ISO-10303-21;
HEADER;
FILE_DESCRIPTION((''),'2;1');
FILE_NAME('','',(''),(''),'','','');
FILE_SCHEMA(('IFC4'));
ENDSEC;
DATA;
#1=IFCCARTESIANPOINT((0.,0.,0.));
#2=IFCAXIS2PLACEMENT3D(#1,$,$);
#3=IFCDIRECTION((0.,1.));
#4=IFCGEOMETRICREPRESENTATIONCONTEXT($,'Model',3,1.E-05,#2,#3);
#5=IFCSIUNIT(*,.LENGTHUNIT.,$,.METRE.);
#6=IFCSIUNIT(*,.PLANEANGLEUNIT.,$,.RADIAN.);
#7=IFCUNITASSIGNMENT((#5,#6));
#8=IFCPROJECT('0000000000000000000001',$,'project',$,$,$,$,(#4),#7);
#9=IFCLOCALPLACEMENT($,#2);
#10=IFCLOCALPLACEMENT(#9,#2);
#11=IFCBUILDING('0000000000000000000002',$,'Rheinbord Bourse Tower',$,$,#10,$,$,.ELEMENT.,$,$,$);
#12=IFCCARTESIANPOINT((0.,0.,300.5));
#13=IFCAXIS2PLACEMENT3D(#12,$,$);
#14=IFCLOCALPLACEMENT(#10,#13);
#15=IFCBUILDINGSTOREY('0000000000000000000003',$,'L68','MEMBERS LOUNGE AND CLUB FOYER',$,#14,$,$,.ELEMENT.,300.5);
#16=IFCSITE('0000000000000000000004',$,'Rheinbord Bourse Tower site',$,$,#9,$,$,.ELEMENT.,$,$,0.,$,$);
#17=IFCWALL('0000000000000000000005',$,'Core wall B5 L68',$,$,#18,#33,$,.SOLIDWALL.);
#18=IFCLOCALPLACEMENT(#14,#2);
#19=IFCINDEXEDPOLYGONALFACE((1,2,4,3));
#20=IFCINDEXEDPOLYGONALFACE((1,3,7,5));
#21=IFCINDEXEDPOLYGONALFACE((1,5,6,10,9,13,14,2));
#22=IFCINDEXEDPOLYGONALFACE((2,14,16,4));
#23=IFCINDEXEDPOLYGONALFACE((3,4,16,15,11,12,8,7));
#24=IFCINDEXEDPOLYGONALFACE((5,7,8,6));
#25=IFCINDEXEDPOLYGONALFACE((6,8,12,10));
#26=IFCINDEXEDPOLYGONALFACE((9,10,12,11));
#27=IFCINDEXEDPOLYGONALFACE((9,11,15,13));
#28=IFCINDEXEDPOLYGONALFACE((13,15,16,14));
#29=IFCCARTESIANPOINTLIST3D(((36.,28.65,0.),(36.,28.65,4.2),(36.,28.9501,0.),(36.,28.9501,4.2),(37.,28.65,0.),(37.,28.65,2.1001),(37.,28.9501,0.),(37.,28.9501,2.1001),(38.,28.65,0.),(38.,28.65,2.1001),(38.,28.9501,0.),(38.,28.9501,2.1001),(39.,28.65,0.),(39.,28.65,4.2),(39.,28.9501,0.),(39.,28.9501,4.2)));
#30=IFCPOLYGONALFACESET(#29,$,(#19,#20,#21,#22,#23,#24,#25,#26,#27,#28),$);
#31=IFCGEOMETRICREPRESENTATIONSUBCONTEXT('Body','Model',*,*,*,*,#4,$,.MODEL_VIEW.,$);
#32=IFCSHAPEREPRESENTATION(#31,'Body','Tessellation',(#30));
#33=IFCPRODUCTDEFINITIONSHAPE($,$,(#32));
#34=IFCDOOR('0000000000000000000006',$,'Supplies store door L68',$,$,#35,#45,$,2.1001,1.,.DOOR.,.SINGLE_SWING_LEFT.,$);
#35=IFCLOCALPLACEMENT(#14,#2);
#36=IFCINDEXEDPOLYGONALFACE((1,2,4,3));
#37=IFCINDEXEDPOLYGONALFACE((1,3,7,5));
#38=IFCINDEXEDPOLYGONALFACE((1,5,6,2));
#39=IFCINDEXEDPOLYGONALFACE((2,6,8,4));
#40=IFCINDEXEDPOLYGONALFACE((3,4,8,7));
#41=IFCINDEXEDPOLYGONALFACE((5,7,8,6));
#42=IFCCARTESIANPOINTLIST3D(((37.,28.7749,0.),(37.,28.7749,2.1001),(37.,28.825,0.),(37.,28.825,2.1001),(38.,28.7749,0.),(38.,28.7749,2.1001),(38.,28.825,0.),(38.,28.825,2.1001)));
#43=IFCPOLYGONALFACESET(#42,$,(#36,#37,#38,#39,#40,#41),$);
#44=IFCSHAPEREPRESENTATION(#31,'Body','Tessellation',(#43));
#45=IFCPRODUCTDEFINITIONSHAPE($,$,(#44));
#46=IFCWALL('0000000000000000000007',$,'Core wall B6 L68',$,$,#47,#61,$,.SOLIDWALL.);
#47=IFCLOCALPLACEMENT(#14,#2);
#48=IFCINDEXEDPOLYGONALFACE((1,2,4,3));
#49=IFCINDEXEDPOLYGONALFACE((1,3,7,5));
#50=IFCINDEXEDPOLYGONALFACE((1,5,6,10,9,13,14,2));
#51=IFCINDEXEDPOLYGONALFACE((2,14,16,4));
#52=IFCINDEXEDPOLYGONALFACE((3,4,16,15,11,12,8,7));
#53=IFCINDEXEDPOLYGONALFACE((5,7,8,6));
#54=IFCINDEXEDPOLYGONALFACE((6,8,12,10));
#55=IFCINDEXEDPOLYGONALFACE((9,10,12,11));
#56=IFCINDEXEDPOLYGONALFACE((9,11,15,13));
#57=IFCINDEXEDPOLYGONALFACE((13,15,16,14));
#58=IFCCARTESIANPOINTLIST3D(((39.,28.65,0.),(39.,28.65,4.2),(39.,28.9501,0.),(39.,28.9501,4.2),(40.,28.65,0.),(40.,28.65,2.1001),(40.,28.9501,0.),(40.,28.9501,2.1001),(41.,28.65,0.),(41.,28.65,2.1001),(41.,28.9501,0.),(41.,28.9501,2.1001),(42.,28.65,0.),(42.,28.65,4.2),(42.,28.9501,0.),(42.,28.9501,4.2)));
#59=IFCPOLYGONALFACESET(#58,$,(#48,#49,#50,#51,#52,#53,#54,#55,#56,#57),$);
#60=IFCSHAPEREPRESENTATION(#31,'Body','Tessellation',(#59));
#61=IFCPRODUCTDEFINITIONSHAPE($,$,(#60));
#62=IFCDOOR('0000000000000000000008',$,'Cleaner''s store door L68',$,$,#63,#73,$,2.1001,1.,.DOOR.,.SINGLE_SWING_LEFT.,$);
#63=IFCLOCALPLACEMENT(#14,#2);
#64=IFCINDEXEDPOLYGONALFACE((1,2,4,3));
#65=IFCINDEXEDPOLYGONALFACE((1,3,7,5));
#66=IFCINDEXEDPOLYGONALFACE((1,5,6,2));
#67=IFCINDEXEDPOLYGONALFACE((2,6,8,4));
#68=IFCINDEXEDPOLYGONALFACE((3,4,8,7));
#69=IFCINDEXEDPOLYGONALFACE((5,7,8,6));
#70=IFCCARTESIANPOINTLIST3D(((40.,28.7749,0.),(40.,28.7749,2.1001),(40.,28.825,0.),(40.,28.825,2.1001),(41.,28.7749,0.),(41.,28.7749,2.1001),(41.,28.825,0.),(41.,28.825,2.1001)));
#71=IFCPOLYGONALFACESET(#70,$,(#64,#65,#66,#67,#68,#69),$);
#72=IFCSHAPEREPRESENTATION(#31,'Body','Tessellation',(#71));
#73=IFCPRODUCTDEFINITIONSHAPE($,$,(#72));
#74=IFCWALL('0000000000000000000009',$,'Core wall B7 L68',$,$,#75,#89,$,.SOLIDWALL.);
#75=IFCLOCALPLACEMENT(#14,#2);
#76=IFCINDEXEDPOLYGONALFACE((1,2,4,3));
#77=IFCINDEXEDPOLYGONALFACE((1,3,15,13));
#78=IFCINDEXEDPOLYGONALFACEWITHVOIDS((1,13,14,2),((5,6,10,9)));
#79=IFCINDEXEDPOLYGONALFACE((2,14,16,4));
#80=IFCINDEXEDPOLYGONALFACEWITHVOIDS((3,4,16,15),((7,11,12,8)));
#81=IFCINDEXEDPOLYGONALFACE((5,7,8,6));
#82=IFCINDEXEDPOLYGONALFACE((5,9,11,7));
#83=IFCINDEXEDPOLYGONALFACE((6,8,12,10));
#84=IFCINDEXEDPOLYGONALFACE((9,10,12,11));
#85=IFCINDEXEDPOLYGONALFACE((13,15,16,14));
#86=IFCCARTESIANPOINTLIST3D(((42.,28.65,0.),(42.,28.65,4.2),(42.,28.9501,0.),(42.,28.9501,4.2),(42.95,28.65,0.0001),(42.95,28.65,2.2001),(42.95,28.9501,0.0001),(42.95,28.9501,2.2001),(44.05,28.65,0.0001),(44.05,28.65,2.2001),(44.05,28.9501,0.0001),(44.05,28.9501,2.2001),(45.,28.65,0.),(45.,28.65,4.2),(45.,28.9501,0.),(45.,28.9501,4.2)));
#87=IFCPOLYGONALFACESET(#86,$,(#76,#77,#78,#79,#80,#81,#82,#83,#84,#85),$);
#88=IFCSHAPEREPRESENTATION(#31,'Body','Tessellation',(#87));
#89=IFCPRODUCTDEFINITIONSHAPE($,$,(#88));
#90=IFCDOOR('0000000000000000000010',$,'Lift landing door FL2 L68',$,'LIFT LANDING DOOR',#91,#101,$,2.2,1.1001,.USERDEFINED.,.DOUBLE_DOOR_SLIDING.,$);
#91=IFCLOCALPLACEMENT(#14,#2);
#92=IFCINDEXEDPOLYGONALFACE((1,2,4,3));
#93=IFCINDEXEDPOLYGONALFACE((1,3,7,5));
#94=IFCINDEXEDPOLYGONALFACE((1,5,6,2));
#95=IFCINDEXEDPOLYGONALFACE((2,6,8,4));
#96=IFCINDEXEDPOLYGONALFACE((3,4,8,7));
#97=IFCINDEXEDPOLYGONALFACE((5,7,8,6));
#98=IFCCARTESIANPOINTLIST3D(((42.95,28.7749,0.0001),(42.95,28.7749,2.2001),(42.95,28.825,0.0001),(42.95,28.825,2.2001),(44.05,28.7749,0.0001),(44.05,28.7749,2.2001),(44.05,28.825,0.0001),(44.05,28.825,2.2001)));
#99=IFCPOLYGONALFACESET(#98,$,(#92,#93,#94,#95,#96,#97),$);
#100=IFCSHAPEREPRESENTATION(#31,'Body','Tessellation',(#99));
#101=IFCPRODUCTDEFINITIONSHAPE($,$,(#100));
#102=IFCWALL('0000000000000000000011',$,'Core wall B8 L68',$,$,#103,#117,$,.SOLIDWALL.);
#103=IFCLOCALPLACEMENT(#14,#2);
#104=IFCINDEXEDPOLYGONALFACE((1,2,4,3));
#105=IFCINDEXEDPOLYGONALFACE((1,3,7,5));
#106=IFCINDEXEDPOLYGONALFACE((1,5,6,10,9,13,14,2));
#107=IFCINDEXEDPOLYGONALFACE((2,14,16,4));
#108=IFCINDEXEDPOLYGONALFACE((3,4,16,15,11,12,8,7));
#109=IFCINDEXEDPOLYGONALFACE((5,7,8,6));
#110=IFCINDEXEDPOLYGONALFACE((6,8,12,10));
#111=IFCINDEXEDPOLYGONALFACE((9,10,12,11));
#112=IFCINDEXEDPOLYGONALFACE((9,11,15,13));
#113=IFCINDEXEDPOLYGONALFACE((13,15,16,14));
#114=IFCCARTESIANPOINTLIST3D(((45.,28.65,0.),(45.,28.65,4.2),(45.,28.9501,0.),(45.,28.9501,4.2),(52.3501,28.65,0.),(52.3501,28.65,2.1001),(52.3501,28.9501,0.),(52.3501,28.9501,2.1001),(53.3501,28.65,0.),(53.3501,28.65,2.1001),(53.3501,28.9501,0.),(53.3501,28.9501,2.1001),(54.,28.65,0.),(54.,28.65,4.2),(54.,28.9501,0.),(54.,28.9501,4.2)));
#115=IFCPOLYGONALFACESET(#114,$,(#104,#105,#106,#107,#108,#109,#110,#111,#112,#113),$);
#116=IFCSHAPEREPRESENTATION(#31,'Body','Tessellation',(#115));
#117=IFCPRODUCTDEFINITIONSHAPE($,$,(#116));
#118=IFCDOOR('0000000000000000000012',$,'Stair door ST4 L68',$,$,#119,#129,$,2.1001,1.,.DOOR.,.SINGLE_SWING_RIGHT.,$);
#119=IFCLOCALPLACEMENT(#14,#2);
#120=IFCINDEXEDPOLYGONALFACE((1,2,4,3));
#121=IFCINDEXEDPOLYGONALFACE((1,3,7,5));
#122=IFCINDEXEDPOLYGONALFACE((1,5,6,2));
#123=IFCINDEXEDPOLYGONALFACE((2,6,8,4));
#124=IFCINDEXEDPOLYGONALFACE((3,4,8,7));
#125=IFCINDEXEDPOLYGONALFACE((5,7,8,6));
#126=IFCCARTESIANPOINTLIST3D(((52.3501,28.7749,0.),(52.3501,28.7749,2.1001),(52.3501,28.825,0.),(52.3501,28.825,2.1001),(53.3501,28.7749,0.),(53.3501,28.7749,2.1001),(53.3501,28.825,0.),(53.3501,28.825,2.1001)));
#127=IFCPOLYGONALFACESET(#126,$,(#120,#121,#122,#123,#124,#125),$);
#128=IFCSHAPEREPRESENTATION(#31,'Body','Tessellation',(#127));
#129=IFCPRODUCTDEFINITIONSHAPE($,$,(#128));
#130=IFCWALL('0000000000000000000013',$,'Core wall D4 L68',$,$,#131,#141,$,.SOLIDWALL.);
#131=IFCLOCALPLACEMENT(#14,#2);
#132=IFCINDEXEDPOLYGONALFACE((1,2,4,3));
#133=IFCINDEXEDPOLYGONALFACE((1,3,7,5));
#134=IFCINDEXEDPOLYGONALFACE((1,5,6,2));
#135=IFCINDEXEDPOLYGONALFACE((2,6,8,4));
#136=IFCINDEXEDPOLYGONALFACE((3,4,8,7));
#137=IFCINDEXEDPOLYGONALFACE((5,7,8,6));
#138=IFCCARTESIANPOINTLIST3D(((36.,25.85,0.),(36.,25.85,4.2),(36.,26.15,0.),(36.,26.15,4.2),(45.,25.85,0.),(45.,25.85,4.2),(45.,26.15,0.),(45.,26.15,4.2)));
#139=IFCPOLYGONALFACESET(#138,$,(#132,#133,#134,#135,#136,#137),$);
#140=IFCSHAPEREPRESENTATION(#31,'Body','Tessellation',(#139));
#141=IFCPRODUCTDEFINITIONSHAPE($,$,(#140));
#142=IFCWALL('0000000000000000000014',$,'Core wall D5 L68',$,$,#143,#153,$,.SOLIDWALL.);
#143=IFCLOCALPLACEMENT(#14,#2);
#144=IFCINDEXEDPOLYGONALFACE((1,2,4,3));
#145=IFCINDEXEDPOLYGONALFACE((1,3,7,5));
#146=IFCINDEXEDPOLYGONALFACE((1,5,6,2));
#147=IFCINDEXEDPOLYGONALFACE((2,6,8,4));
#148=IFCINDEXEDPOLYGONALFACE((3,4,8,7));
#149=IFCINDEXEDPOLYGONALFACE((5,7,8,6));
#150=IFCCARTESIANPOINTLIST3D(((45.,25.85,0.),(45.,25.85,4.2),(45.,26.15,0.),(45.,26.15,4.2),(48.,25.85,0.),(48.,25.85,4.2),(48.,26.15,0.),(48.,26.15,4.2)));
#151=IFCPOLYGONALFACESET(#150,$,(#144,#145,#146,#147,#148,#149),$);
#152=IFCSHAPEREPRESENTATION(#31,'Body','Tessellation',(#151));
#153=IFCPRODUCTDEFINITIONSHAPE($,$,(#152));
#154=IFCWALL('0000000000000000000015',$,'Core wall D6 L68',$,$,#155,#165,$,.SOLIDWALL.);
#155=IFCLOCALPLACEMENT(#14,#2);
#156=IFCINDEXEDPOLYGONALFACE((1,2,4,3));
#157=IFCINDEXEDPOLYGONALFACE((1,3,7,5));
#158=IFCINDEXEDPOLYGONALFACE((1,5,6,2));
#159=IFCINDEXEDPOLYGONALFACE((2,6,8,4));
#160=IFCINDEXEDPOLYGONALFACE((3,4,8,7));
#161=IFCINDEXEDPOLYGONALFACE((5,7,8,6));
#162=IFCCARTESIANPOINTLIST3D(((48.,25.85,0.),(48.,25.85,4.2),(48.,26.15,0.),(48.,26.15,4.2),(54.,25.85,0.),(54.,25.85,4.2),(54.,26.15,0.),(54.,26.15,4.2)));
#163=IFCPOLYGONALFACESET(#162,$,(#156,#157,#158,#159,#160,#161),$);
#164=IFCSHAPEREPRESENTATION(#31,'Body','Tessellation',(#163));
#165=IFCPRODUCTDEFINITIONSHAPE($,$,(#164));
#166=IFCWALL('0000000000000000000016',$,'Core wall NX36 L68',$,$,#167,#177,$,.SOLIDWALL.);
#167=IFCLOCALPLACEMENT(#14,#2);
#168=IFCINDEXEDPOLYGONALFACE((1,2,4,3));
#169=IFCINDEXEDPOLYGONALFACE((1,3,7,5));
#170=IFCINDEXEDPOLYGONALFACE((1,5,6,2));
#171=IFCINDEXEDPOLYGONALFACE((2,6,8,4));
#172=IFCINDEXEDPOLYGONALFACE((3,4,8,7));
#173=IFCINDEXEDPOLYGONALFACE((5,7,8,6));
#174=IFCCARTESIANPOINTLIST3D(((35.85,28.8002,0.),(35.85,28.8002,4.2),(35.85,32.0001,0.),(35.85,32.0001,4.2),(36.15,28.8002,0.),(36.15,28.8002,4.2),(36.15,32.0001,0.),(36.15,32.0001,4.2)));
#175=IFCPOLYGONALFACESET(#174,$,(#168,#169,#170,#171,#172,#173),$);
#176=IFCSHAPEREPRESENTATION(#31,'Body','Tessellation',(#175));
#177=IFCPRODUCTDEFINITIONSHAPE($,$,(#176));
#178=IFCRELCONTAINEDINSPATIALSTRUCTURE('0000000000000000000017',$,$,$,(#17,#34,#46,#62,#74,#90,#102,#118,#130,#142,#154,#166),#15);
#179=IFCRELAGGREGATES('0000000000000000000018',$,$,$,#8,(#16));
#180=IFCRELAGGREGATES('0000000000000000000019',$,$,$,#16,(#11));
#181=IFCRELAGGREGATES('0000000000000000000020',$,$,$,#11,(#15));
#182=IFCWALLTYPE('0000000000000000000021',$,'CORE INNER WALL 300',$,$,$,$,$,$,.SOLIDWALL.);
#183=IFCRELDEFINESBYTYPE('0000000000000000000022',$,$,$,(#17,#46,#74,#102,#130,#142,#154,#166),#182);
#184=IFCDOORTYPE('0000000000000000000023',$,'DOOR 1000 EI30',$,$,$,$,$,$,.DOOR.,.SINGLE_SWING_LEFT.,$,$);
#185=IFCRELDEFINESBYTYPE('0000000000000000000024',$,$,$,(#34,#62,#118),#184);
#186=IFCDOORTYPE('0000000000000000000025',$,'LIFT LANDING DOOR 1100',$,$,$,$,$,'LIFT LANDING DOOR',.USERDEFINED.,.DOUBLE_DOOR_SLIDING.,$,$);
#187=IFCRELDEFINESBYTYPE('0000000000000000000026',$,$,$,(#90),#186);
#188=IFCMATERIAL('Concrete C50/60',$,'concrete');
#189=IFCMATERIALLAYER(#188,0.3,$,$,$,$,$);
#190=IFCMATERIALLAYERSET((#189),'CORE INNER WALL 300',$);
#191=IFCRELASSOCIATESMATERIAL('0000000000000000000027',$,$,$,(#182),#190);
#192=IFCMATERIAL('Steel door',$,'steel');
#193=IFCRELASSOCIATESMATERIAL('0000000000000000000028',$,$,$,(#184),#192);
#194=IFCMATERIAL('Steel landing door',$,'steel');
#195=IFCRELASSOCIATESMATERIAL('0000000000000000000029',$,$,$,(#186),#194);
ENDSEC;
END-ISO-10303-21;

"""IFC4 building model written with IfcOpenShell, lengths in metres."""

from ifc_helpers import new_model, si_unit, direction, frame, frame_2d, origin, place, context, subcontext, project, spatial, rectangle, extrude, material, layer, layer_set, type_object, element, fill, save


model = new_model("IFC4")

# Units and contexts
model_context = context("Model", 3, precision=1e-05, world=origin(), true_north=direction((0.0, 1.0)))
body_context = subcontext(model_context, "Body", "Model", "MODEL_VIEW")
ifc_project = project(units=[si_unit("LENGTHUNIT", "METRE"), si_unit("PLANEANGLEUNIT", "RADIAN")], contexts=[model_context])

# Site, building, storey
site_placement = place(None, origin())
site = spatial("IfcSite", under=ifc_project, at=site_placement, Name="Rheinbord Bourse Tower site", CompositionType="ELEMENT", RefElevation=0.0)
building_placement = place(site_placement, origin())
building = spatial("IfcBuilding", under=site, at=building_placement, Name="Rheinbord Bourse Tower", CompositionType="ELEMENT")
storey_placement = place(building_placement, frame((0.0, 0.0, 300.5)))
storey = spatial("IfcBuildingStorey", under=building, at=storey_placement, Name="L68", Description="MEMBERS LOUNGE AND CLUB FOYER", CompositionType="ELEMENT", Elevation=300.5)

# Walls, openings, doors
ifc_material_1 = material(Name="Concrete C50/60", Category="concrete")
ifc_layer_1 = layer(ifc_material_1, 0.3)
ifc_layer_set_1 = layer_set([ifc_layer_1], Name="CORE INNER WALL 300")
wall_type_1 = type_object("IfcWallType", Name="CORE INNER WALL 300", PredefinedType="SOLIDWALL", material=ifc_layer_set_1)
wall_1_placement = place(storey_placement, frame((36.0, 28.8, 0.0), z_axis=(0.0, 0.0, 1.0), x_axis=(1.0, 0.0, 0.0)))
wall_1 = element("IfcWall", 1, at=wall_1_placement, inside=storey, type_object=wall_type_1, Name="Core wall B5 L68", PredefinedType="SOLIDWALL", context=body_context, shape_type="SweptSolid", body=[
    extrude(rectangle(XDim=3.0, YDim=0.3, at=frame_2d((1.5, 0.0))), origin(), (0.0, 0.0, 1.0), 4.2),
])
opening_1_placement = place(wall_1_placement, frame((1.0, 0.0, 0.0)))
opening_1 = element("IfcOpeningElement", 2, at=opening_1_placement, cuts=wall_1, PredefinedType="OPENING", context=body_context, shape_type="SweptSolid", body=[
    extrude(rectangle(XDim=1.0, YDim=2.1001, at=frame_2d((0.5, 1.05))), frame((0.0, 0.1599, 0.0), z_axis=(0.0, -1.0, 0.0), x_axis=(1.0, 0.0, 0.0)), (0.0, 0.0, 1.0), 0.3201),
])
ifc_material_2 = material(Name="Steel door", Category="steel")
door_type_1 = type_object("IfcDoorType", Name="DOOR 1000 EI30", OperationType="SINGLE_SWING_LEFT", PredefinedType="DOOR", material=ifc_material_2)
door_1_placement = place(opening_1_placement, origin())
door_1 = element("IfcDoor", 3, at=door_1_placement, inside=storey, type_object=door_type_1, Name="Supplies store door L68", OperationType="SINGLE_SWING_LEFT", OverallHeight=2.1001, OverallWidth=1.0, PredefinedType="DOOR", context=body_context, shape_type="SweptSolid", body=[
    extrude(rectangle(XDim=1.0, YDim=2.1001, at=frame_2d((0.5, 1.05))), frame((0.0, 0.0249, 0.0), z_axis=(0.0, -1.0, 0.0), x_axis=(1.0, 0.0, 0.0)), (0.0, 0.0, 1.0), 0.05),
])
fill(opening_1, door_1)
wall_2_placement = place(storey_placement, frame((39.0, 28.8, 0.0), z_axis=(0.0, 0.0, 1.0), x_axis=(1.0, 0.0, 0.0)))
wall_2 = element("IfcWall", 4, at=wall_2_placement, inside=storey, type_object=wall_type_1, Name="Core wall B6 L68", PredefinedType="SOLIDWALL", context=body_context, shape_type="SweptSolid", body=[
    extrude(rectangle(XDim=3.0, YDim=0.3, at=frame_2d((1.5, 0.0))), origin(), (0.0, 0.0, 1.0), 4.2),
])
opening_2_placement = place(wall_2_placement, frame((1.0, 0.0, 0.0)))
opening_2 = element("IfcOpeningElement", 5, at=opening_2_placement, cuts=wall_2, PredefinedType="OPENING", context=body_context, shape_type="SweptSolid", body=[
    extrude(rectangle(XDim=1.0, YDim=2.1001, at=frame_2d((0.5, 1.05))), frame((0.0, 0.1599, 0.0), z_axis=(0.0, -1.0, 0.0), x_axis=(1.0, 0.0, 0.0)), (0.0, 0.0, 1.0), 0.3201),
])
door_2_placement = place(opening_2_placement, origin())
door_2 = element("IfcDoor", 6, at=door_2_placement, inside=storey, type_object=door_type_1, Name="Cleaner's store door L68", OperationType="SINGLE_SWING_LEFT", OverallHeight=2.1001, OverallWidth=1.0, PredefinedType="DOOR", context=body_context, shape_type="SweptSolid", body=[
    extrude(rectangle(XDim=1.0, YDim=2.1001, at=frame_2d((0.5, 1.05))), frame((0.0, 0.0249, 0.0), z_axis=(0.0, -1.0, 0.0), x_axis=(1.0, 0.0, 0.0)), (0.0, 0.0, 1.0), 0.05),
])
fill(opening_2, door_2)
wall_3_placement = place(storey_placement, frame((42.0, 28.8, 0.0), z_axis=(0.0, 0.0, 1.0), x_axis=(1.0, 0.0, 0.0)))
wall_3 = element("IfcWall", 7, at=wall_3_placement, inside=storey, type_object=wall_type_1, Name="Core wall B7 L68", PredefinedType="SOLIDWALL", context=body_context, shape_type="SweptSolid", body=[
    extrude(rectangle(XDim=3.0, YDim=0.3, at=frame_2d((1.5, 0.0))), origin(), (0.0, 0.0, 1.0), 4.2),
])
opening_3_placement = place(wall_3_placement, frame((0.95, 0.0, 0.0)))
opening_3 = element("IfcOpeningElement", 8, at=opening_3_placement, cuts=wall_3, PredefinedType="OPENING", context=body_context, shape_type="SweptSolid", body=[
    extrude(rectangle(XDim=1.1001, YDim=2.2, at=frame_2d((0.55, 1.1001))), frame((0.0, 0.1599, 0.0), z_axis=(0.0, -1.0, 0.0), x_axis=(1.0, 0.0, 0.0)), (0.0, 0.0, 1.0), 0.3201),
])
ifc_material_3 = material(Name="Steel landing door", Category="steel")
door_type_2 = type_object("IfcDoorType", Name="LIFT LANDING DOOR 1100", ElementType="LIFT LANDING DOOR", OperationType="DOUBLE_DOOR_SLIDING", PredefinedType="USERDEFINED", material=ifc_material_3)
door_3_placement = place(opening_3_placement, origin())
door_3 = element("IfcDoor", 9, at=door_3_placement, inside=storey, type_object=door_type_2, Name="Lift landing door FL2 L68", ObjectType="LIFT LANDING DOOR", OperationType="DOUBLE_DOOR_SLIDING", OverallHeight=2.2, OverallWidth=1.1001, PredefinedType="USERDEFINED", context=body_context, shape_type="SweptSolid", body=[
    extrude(rectangle(XDim=1.1001, YDim=2.2, at=frame_2d((0.55, 1.1001))), frame((0.0, 0.0249, 0.0), z_axis=(0.0, -1.0, 0.0), x_axis=(1.0, 0.0, 0.0)), (0.0, 0.0, 1.0), 0.05),
])
fill(opening_3, door_3)
wall_4_placement = place(storey_placement, frame((45.0, 28.8, 0.0), z_axis=(0.0, 0.0, 1.0), x_axis=(1.0, 0.0, 0.0)))
wall_4 = element("IfcWall", 10, at=wall_4_placement, inside=storey, type_object=wall_type_1, Name="Core wall B8 L68", PredefinedType="SOLIDWALL", context=body_context, shape_type="SweptSolid", body=[
    extrude(rectangle(XDim=9.0, YDim=0.3, at=frame_2d((4.5, 0.0))), origin(), (0.0, 0.0, 1.0), 4.2),
])
opening_4_placement = place(wall_4_placement, frame((7.3501, 0.0, 0.0)))
opening_4 = element("IfcOpeningElement", 11, at=opening_4_placement, cuts=wall_4, PredefinedType="OPENING", context=body_context, shape_type="SweptSolid", body=[
    extrude(rectangle(XDim=1.0, YDim=2.1001, at=frame_2d((0.5, 1.05))), frame((0.0, 0.1599, 0.0), z_axis=(0.0, -1.0, 0.0), x_axis=(1.0, 0.0, 0.0)), (0.0, 0.0, 1.0), 0.3201),
])
door_4_placement = place(opening_4_placement, origin())
door_4 = element("IfcDoor", 12, at=door_4_placement, inside=storey, type_object=door_type_1, Name="Stair door ST4 L68", OperationType="SINGLE_SWING_RIGHT", OverallHeight=2.1001, OverallWidth=1.0, PredefinedType="DOOR", context=body_context, shape_type="SweptSolid", body=[
    extrude(rectangle(XDim=1.0, YDim=2.1001, at=frame_2d((0.5, 1.05))), frame((0.0, 0.0249, 0.0), z_axis=(0.0, -1.0, 0.0), x_axis=(1.0, 0.0, 0.0)), (0.0, 0.0, 1.0), 0.05),
])
fill(opening_4, door_4)

# Walls
wall_5_placement = place(storey_placement, frame((36.0, 26.0, 0.0), z_axis=(0.0, 0.0, 1.0), x_axis=(1.0, 0.0, 0.0)))
element("IfcWall", 13, at=wall_5_placement, inside=storey, type_object=wall_type_1, Name="Core wall D4 L68", PredefinedType="SOLIDWALL", context=body_context, shape_type="SweptSolid", body=[
    extrude(rectangle(XDim=9.0, YDim=0.3, at=frame_2d((4.5, 0.0))), origin(), (0.0, 0.0, 1.0), 4.2),
])
wall_6_placement = place(storey_placement, frame((45.0, 26.0, 0.0), z_axis=(0.0, 0.0, 1.0), x_axis=(1.0, 0.0, 0.0)))
element("IfcWall", 14, at=wall_6_placement, inside=storey, type_object=wall_type_1, Name="Core wall D5 L68", PredefinedType="SOLIDWALL", context=body_context, shape_type="SweptSolid", body=[
    extrude(rectangle(XDim=3.0, YDim=0.3, at=frame_2d((1.5, 0.0))), origin(), (0.0, 0.0, 1.0), 4.2),
])
wall_7_placement = place(storey_placement, frame((48.0, 26.0, 0.0), z_axis=(0.0, 0.0, 1.0), x_axis=(1.0, 0.0, 0.0)))
element("IfcWall", 15, at=wall_7_placement, inside=storey, type_object=wall_type_1, Name="Core wall D6 L68", PredefinedType="SOLIDWALL", context=body_context, shape_type="SweptSolid", body=[
    extrude(rectangle(XDim=6.0, YDim=0.3, at=frame_2d((3.0, 0.0))), origin(), (0.0, 0.0, 1.0), 4.2),
])
for number, where, z_axis, x_axis, name in (
    (16, (36.0, 28.8, 0.0), (0.0, 0.0, 1.0), (0.0, 1.0, 0.0), "Core wall NX36 L68"),
):
    element("IfcWall", number, at=place(storey_placement, frame(where, z_axis=z_axis, x_axis=x_axis)), inside=storey, type_object=wall_type_1, Name=name, PredefinedType="SOLIDWALL", context=body_context, shape_type="SweptSolid", body=[
        extrude(rectangle(XDim=3.2, YDim=0.3, at=frame_2d((1.6001, 0.0))), origin(), (0.0, 0.0, 1.0), 4.2),
    ])

save(model, "model.ifc")
